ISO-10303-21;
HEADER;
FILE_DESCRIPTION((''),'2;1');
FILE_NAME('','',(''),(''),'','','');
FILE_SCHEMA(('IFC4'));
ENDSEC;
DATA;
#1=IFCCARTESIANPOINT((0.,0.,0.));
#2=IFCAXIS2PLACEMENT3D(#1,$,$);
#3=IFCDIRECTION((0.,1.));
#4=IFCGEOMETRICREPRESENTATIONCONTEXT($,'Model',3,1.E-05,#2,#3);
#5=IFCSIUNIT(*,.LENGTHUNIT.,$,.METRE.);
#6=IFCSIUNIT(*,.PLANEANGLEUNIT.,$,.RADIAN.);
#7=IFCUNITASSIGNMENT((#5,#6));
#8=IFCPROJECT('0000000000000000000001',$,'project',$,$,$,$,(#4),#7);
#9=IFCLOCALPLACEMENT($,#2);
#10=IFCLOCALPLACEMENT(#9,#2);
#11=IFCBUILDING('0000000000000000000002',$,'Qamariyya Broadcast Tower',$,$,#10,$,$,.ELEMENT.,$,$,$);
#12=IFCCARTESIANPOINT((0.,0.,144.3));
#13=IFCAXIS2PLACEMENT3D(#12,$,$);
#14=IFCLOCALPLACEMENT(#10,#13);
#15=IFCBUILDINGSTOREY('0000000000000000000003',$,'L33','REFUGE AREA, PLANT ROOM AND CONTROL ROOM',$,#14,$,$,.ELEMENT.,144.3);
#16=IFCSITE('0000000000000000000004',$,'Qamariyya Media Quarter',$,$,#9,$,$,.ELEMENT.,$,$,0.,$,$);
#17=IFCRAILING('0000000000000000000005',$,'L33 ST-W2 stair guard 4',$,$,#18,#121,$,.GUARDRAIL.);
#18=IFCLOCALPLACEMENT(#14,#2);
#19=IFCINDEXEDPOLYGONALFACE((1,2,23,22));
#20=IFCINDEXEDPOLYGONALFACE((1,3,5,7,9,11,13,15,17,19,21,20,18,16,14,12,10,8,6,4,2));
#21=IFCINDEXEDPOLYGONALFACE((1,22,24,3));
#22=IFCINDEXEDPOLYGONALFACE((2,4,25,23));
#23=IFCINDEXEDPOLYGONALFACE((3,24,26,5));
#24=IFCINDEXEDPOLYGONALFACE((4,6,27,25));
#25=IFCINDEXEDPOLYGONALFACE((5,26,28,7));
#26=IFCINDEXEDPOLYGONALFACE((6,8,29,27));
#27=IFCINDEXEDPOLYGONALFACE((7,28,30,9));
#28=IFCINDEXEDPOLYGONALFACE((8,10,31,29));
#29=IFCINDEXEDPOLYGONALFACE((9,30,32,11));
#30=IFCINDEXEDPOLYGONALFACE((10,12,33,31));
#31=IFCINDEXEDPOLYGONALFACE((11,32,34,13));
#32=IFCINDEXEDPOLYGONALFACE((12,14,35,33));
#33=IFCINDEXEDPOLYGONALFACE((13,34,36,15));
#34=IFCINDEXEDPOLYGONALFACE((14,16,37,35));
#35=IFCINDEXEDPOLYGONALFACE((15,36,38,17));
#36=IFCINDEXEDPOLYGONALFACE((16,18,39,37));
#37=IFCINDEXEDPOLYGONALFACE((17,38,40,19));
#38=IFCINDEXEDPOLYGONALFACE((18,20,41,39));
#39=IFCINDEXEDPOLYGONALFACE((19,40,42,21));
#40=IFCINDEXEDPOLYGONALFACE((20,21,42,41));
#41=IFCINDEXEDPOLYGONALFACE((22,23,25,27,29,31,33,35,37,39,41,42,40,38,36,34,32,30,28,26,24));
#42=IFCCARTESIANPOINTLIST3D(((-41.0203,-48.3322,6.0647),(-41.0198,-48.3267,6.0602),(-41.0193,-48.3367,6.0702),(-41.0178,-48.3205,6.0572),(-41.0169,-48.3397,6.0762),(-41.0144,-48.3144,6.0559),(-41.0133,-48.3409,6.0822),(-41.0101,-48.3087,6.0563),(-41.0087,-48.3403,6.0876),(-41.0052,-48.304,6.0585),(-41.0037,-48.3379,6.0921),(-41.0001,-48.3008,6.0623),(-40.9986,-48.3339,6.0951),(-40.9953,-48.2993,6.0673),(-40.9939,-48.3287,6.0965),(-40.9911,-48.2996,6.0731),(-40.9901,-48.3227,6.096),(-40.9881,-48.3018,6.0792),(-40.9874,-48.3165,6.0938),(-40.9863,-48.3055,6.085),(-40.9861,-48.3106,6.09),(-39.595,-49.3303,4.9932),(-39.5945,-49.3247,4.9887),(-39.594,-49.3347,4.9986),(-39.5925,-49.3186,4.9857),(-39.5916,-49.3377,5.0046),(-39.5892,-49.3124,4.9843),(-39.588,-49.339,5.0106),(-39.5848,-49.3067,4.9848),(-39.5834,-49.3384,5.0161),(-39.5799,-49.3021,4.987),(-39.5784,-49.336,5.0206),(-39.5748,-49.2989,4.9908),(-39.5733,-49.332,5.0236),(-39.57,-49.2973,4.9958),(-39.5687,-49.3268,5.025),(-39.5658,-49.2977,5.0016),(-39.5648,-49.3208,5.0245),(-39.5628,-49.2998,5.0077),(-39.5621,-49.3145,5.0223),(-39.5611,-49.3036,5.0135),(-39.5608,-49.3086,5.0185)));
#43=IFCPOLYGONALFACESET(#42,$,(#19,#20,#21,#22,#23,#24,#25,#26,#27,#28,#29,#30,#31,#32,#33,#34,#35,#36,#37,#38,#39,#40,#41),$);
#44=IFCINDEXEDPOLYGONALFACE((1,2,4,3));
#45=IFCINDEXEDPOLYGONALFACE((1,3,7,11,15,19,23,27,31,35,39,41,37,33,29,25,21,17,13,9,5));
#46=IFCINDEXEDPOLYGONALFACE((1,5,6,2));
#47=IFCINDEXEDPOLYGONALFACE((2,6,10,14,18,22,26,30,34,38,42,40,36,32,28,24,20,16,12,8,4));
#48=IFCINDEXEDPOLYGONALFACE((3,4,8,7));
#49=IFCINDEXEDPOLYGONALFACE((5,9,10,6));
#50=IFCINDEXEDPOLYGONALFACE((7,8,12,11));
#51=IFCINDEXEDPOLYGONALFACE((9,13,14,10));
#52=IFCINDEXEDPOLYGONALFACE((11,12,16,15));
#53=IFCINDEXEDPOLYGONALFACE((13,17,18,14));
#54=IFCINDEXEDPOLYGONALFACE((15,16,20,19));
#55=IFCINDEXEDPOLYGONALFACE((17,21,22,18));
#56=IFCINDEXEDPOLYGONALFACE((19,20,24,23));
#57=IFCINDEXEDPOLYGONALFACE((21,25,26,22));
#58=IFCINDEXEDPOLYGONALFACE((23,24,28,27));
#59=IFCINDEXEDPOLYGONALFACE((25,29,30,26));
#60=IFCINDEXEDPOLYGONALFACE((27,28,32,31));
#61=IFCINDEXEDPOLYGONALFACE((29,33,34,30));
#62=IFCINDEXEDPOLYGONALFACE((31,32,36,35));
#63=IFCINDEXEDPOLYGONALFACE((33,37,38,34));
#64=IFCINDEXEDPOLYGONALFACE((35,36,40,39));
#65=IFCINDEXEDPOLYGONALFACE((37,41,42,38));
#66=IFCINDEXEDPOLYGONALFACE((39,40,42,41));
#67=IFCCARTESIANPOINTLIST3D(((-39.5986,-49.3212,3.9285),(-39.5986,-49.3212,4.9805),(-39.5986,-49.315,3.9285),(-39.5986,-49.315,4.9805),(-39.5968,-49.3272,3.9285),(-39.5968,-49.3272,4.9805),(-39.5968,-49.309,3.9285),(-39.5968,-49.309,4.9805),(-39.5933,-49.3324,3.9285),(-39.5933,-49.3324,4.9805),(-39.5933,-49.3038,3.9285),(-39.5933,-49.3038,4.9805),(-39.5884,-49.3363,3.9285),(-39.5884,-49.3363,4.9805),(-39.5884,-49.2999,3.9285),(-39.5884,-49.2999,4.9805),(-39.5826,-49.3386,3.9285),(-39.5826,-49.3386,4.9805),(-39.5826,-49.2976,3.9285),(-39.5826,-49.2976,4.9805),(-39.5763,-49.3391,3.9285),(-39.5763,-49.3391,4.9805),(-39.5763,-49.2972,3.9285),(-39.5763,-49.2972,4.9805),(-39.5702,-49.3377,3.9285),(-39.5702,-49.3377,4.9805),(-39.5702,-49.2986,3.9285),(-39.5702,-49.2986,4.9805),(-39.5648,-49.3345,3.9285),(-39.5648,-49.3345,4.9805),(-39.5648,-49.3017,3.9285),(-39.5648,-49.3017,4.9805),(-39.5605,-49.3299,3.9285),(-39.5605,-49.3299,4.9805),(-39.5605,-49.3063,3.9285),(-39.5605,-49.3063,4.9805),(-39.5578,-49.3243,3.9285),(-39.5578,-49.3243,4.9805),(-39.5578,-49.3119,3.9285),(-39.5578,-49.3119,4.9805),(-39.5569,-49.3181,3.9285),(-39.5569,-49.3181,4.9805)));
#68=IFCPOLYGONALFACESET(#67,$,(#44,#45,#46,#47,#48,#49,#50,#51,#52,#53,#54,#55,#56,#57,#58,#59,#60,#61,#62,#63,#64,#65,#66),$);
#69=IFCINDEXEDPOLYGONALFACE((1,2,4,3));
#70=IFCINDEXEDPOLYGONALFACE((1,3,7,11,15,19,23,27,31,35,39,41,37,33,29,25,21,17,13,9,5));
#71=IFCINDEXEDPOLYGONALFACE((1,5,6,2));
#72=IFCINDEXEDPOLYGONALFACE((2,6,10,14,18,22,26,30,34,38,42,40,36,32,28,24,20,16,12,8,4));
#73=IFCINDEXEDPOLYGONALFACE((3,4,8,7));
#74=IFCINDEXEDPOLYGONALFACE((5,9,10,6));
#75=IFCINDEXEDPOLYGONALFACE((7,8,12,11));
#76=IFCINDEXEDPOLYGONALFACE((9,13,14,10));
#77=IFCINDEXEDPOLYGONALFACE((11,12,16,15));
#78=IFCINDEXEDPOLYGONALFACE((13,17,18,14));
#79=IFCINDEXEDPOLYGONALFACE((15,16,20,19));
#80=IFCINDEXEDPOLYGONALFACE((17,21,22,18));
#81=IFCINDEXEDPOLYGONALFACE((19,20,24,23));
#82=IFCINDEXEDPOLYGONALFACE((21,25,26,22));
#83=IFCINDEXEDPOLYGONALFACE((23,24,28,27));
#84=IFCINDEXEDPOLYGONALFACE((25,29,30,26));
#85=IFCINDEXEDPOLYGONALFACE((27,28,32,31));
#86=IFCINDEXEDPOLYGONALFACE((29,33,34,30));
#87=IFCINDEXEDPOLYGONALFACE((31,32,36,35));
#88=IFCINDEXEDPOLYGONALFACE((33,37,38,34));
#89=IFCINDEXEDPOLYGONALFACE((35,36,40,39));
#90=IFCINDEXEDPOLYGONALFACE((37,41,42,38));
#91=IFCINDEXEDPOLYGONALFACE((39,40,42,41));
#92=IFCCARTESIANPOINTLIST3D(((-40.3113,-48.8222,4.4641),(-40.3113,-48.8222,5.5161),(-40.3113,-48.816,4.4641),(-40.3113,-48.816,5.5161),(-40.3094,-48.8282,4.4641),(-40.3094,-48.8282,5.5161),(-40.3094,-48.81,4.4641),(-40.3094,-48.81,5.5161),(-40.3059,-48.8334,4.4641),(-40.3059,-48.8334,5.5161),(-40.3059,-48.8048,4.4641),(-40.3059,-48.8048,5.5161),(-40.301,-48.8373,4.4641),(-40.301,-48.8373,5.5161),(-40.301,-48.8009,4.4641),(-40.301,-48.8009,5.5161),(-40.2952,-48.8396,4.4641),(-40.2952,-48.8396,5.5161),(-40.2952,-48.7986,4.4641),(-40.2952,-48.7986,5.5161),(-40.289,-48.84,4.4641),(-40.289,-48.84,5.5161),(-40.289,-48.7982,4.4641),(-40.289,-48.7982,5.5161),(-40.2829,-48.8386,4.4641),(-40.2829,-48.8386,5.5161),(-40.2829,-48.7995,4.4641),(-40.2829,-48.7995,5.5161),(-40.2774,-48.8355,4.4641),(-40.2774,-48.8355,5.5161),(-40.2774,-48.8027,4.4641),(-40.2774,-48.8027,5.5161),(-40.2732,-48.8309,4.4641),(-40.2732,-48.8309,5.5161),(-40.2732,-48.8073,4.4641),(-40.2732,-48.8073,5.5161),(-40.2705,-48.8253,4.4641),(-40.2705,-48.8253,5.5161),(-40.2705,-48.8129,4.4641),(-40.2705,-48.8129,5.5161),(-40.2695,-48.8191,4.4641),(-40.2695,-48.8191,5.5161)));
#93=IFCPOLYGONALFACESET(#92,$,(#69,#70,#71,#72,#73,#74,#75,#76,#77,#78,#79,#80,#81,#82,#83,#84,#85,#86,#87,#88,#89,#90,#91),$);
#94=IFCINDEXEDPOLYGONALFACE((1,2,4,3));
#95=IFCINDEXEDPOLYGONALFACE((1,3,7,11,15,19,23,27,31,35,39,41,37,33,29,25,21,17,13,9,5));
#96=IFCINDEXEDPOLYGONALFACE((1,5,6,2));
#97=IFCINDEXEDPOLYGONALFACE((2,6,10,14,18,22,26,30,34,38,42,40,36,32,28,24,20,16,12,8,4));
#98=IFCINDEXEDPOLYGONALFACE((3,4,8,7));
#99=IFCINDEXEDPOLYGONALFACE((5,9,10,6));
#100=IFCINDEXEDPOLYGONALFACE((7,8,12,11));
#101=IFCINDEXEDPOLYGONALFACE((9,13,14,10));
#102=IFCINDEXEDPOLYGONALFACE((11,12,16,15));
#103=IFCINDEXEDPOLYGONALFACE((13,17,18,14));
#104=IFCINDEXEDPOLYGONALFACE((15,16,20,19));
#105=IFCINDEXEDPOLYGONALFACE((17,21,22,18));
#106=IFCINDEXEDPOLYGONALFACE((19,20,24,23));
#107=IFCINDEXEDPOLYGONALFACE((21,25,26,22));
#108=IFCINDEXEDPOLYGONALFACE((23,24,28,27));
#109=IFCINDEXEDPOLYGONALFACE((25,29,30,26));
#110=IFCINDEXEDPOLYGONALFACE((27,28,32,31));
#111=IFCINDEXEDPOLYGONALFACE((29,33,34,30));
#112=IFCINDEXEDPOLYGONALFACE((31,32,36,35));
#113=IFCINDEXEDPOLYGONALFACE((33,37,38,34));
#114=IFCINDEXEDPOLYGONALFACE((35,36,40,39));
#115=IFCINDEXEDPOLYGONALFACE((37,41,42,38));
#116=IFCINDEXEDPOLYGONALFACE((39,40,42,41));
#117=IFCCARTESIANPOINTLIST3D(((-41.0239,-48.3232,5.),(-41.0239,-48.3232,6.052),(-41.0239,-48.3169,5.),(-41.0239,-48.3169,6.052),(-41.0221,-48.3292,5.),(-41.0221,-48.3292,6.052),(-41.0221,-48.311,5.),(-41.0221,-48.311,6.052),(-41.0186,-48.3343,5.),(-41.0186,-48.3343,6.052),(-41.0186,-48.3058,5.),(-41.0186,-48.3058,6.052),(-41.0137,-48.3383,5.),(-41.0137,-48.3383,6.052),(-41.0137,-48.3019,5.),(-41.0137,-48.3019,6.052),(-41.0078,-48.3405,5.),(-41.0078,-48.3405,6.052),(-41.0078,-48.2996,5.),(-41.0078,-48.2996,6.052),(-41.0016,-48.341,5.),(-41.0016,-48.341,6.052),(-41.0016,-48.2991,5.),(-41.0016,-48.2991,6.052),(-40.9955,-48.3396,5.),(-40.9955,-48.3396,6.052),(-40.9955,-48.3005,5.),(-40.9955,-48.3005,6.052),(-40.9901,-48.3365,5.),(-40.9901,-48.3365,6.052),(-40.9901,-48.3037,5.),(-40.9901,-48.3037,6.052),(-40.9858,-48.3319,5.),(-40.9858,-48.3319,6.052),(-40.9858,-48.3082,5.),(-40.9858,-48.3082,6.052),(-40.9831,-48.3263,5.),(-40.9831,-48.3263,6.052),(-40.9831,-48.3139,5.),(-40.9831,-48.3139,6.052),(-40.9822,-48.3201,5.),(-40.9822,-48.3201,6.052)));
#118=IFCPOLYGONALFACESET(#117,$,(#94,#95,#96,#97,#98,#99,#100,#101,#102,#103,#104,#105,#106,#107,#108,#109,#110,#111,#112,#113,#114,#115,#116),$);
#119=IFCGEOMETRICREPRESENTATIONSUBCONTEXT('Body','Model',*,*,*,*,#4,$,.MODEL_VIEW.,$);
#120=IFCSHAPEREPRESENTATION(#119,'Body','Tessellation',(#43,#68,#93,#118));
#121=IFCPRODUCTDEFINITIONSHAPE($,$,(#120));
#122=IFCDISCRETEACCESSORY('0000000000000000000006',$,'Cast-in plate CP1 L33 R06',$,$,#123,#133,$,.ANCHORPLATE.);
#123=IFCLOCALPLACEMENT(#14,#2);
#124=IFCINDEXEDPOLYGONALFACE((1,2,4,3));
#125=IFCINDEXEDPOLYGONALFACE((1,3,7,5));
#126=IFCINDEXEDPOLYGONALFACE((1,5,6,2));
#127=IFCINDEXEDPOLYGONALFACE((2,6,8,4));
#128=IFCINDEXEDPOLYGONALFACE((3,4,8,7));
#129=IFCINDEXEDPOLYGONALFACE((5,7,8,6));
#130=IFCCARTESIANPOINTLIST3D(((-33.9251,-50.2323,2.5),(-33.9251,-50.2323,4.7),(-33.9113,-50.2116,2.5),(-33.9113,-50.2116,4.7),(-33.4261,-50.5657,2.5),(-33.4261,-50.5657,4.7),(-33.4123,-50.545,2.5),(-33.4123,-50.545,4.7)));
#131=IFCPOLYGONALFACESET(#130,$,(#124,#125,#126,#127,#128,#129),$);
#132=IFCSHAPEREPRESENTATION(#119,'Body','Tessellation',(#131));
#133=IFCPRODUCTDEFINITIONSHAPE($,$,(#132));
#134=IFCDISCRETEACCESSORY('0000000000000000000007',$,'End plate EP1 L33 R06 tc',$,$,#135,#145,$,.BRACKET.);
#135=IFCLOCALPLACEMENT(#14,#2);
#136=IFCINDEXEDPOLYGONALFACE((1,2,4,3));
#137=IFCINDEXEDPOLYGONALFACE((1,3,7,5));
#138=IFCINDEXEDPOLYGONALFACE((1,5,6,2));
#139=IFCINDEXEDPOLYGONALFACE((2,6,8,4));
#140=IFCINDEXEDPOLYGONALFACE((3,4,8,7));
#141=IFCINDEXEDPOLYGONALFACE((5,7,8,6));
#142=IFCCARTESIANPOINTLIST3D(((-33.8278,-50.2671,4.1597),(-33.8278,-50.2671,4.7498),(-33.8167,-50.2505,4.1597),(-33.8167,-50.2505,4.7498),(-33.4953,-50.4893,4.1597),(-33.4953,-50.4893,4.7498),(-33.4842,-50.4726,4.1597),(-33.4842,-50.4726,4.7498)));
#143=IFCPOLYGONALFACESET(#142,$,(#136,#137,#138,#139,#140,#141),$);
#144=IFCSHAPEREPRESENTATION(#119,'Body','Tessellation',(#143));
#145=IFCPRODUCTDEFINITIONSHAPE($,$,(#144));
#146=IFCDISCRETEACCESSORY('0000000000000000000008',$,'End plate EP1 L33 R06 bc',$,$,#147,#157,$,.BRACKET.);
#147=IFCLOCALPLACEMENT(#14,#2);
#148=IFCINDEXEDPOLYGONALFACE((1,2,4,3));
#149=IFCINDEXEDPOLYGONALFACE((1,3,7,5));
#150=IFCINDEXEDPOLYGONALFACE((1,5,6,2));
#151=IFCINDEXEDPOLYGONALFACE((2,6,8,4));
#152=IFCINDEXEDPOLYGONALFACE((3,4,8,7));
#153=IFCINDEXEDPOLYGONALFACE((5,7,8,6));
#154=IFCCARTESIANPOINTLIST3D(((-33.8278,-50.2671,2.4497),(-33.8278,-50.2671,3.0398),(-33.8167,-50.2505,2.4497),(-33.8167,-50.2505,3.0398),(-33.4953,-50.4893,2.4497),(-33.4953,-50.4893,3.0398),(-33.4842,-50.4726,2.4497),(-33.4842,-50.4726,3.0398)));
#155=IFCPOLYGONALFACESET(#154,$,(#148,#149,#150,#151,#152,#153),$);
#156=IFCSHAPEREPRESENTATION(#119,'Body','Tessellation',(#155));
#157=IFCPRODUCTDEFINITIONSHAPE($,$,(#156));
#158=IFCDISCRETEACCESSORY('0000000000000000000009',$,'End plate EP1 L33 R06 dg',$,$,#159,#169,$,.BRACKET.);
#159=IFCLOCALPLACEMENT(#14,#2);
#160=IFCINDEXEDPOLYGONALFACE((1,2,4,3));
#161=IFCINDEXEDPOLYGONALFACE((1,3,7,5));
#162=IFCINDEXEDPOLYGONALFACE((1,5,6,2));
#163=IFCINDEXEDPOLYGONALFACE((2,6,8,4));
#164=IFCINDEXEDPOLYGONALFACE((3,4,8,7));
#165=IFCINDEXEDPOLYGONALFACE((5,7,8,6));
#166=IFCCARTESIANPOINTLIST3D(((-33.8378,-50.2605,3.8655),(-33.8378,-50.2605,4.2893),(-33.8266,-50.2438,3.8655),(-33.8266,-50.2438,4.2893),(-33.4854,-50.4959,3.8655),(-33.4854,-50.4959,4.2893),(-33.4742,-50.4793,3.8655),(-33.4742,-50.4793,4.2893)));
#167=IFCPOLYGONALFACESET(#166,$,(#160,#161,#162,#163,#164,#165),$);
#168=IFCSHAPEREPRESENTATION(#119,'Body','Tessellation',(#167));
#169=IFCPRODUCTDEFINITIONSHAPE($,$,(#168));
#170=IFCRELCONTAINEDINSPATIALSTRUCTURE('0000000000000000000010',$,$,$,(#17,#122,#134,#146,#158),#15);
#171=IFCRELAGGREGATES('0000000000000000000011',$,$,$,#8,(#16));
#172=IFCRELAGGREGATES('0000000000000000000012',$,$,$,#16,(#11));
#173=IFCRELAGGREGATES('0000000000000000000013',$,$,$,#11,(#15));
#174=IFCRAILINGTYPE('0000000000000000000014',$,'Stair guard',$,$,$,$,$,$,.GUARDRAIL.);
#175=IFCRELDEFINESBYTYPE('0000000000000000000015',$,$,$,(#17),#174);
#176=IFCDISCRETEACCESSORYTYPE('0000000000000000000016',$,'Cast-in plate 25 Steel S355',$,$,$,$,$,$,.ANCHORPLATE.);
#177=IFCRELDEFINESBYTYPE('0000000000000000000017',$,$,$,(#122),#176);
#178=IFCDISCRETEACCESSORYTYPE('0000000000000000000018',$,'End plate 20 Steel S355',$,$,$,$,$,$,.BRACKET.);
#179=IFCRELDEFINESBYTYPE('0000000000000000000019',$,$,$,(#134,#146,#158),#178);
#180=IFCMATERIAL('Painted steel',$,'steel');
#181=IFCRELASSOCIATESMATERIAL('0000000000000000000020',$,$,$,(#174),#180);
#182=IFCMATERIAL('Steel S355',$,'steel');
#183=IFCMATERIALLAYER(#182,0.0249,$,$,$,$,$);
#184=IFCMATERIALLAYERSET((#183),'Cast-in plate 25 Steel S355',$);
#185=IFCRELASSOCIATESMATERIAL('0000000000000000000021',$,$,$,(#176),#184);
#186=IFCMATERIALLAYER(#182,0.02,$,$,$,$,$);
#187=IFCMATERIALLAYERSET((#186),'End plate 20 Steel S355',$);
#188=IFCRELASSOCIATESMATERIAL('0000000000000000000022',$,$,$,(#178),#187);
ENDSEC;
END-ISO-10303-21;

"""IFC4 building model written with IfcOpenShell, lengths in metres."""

from ifc_helpers import new_model, si_unit, direction, frame, origin, origin_2d, place, context, subcontext, project, spatial, rectangle, circle, extrude, material, layer, layer_set, type_object, element, save


model = new_model("IFC4")

# Units and contexts
model_context = context("Model", 3, precision=1e-05, world=origin(), true_north=direction((0.0, 1.0)))
body_context = subcontext(model_context, "Body", "Model", "MODEL_VIEW")
ifc_project = project(units=[si_unit("LENGTHUNIT", "METRE"), si_unit("PLANEANGLEUNIT", "RADIAN")], contexts=[model_context])

# Site, building, storey
site_placement = place(None, origin())
site = spatial("IfcSite", under=ifc_project, at=site_placement, Name="Qamariyya Media Quarter", CompositionType="ELEMENT", RefElevation=0.0)
building_placement = place(site_placement, origin())
building = spatial("IfcBuilding", under=site, at=building_placement, Name="Qamariyya Broadcast Tower", CompositionType="ELEMENT")
storey_placement = place(building_placement, frame((0.0, 0.0, 144.3)))
storey = spatial("IfcBuildingStorey", under=building, at=storey_placement, Name="L33", Description="REFUGE AREA, PLANT ROOM AND CONTROL ROOM", CompositionType="ELEMENT", Elevation=144.3)

# Shared definitions
ifc_material_1 = material(Name="Steel S355", Category="steel")

# Railing
ifc_material_2 = material(Name="Painted steel", Category="steel")
railing_type = type_object("IfcRailingType", Name="Stair guard", PredefinedType="GUARDRAIL", material=ifc_material_2)
railing_1_placement = place(storey_placement, frame((-39.5779, -49.3181, 3.9285)))
element("IfcRailing", 1, at=railing_1_placement, inside=storey, type_object=railing_type, Name="L33 ST-W2 stair guard 4", PredefinedType="GUARDRAIL", context=body_context, shape_type="SweptSolid", body=[
    extrude(circle(Radius=0.0239, at=origin_2d()), frame((0.0, 0.0, 1.0762), z_axis=(-0.697489, 0.48841, 0.524371), x_axis=(-0.573594, -0.81914, 0.0)), (0.0, 0.0, 1.0), 2.0435),
    extrude(circle(Radius=0.021, at=origin_2d()), origin(), (0.0, 0.0, 1.0), 1.052),
    extrude(circle(Radius=0.021, at=origin_2d()), frame((-0.7126, 0.499, 0.5356)), (0.0, 0.0, 1.0), 1.052),
    extrude(circle(Radius=0.021, at=origin_2d()), frame((-1.4253, 0.998, 1.0715)), (0.0, 0.0, 1.0), 1.052),
])

# Discrete accessories
ifc_layer_1 = layer(ifc_material_1, 0.0249)
ifc_layer_set_1 = layer_set([ifc_layer_1], Name="Cast-in plate 25 Steel S355")
discrete_accessory_type_1 = type_object("IfcDiscreteAccessoryType", Name="Cast-in plate 25 Steel S355", PredefinedType="ANCHORPLATE", material=ifc_layer_set_1)
discrete_accessory_1_placement = place(storey_placement, frame((-33.6687, -50.3887, 2.5), z_axis=(0.0, 0.0, 1.0), x_axis=(-0.83147, 0.55557, 0.0)))
element("IfcDiscreteAccessory", 2, at=discrete_accessory_1_placement, inside=storey, type_object=discrete_accessory_type_1, Name="Cast-in plate CP1 L33 R06", PredefinedType="ANCHORPLATE", context=body_context, shape_type="SweptSolid", body=[
    extrude(rectangle(XDim=0.6001, YDim=0.0249, at=origin_2d()), origin(), (0.0, 0.0, 1.0), 2.2),
])
ifc_layer_2 = layer(ifc_material_1, 0.02)
ifc_layer_set_2 = layer_set([ifc_layer_2], Name="End plate 20 Steel S355")
discrete_accessory_type_2 = type_object("IfcDiscreteAccessoryType", Name="End plate 20 Steel S355", PredefinedType="BRACKET", material=ifc_layer_set_2)
for number, where, z_axis, x_axis, name in (
    (3, (-33.656, -50.3699, 4.1597), (0.0, 0.0, 1.0), (-0.83147, 0.55557, 0.0), "End plate EP1 L33 R06 tc"),
    (4, (-33.656, -50.3699, 2.4497), (0.0, 0.0, 1.0), (-0.83147, 0.55557, 0.0), "End plate EP1 L33 R06 bc"),
):
    element("IfcDiscreteAccessory", number, at=place(storey_placement, frame(where, z_axis=z_axis, x_axis=x_axis)), inside=storey, type_object=discrete_accessory_type_2, Name=name, PredefinedType="BRACKET", context=body_context, shape_type="SweptSolid", body=[
        extrude(rectangle(XDim=0.3999, YDim=0.02, at=origin_2d()), origin(), (0.0, 0.0, 1.0), 0.5901),
    ])
discrete_accessory_2_placement = place(storey_placement, frame((-33.656, -50.3699, 3.8655), z_axis=(0.0, 0.0, 1.0), x_axis=(-0.83147, 0.55557, 0.0)))
element("IfcDiscreteAccessory", 5, at=discrete_accessory_2_placement, inside=storey, type_object=discrete_accessory_type_2, Name="End plate EP1 L33 R06 dg", PredefinedType="BRACKET", context=body_context, shape_type="SweptSolid", body=[
    extrude(rectangle(XDim=0.4238, YDim=0.02, at=origin_2d()), origin(), (0.0, 0.0, 1.0), 0.4238),
])

save(model, "model.ifc")
